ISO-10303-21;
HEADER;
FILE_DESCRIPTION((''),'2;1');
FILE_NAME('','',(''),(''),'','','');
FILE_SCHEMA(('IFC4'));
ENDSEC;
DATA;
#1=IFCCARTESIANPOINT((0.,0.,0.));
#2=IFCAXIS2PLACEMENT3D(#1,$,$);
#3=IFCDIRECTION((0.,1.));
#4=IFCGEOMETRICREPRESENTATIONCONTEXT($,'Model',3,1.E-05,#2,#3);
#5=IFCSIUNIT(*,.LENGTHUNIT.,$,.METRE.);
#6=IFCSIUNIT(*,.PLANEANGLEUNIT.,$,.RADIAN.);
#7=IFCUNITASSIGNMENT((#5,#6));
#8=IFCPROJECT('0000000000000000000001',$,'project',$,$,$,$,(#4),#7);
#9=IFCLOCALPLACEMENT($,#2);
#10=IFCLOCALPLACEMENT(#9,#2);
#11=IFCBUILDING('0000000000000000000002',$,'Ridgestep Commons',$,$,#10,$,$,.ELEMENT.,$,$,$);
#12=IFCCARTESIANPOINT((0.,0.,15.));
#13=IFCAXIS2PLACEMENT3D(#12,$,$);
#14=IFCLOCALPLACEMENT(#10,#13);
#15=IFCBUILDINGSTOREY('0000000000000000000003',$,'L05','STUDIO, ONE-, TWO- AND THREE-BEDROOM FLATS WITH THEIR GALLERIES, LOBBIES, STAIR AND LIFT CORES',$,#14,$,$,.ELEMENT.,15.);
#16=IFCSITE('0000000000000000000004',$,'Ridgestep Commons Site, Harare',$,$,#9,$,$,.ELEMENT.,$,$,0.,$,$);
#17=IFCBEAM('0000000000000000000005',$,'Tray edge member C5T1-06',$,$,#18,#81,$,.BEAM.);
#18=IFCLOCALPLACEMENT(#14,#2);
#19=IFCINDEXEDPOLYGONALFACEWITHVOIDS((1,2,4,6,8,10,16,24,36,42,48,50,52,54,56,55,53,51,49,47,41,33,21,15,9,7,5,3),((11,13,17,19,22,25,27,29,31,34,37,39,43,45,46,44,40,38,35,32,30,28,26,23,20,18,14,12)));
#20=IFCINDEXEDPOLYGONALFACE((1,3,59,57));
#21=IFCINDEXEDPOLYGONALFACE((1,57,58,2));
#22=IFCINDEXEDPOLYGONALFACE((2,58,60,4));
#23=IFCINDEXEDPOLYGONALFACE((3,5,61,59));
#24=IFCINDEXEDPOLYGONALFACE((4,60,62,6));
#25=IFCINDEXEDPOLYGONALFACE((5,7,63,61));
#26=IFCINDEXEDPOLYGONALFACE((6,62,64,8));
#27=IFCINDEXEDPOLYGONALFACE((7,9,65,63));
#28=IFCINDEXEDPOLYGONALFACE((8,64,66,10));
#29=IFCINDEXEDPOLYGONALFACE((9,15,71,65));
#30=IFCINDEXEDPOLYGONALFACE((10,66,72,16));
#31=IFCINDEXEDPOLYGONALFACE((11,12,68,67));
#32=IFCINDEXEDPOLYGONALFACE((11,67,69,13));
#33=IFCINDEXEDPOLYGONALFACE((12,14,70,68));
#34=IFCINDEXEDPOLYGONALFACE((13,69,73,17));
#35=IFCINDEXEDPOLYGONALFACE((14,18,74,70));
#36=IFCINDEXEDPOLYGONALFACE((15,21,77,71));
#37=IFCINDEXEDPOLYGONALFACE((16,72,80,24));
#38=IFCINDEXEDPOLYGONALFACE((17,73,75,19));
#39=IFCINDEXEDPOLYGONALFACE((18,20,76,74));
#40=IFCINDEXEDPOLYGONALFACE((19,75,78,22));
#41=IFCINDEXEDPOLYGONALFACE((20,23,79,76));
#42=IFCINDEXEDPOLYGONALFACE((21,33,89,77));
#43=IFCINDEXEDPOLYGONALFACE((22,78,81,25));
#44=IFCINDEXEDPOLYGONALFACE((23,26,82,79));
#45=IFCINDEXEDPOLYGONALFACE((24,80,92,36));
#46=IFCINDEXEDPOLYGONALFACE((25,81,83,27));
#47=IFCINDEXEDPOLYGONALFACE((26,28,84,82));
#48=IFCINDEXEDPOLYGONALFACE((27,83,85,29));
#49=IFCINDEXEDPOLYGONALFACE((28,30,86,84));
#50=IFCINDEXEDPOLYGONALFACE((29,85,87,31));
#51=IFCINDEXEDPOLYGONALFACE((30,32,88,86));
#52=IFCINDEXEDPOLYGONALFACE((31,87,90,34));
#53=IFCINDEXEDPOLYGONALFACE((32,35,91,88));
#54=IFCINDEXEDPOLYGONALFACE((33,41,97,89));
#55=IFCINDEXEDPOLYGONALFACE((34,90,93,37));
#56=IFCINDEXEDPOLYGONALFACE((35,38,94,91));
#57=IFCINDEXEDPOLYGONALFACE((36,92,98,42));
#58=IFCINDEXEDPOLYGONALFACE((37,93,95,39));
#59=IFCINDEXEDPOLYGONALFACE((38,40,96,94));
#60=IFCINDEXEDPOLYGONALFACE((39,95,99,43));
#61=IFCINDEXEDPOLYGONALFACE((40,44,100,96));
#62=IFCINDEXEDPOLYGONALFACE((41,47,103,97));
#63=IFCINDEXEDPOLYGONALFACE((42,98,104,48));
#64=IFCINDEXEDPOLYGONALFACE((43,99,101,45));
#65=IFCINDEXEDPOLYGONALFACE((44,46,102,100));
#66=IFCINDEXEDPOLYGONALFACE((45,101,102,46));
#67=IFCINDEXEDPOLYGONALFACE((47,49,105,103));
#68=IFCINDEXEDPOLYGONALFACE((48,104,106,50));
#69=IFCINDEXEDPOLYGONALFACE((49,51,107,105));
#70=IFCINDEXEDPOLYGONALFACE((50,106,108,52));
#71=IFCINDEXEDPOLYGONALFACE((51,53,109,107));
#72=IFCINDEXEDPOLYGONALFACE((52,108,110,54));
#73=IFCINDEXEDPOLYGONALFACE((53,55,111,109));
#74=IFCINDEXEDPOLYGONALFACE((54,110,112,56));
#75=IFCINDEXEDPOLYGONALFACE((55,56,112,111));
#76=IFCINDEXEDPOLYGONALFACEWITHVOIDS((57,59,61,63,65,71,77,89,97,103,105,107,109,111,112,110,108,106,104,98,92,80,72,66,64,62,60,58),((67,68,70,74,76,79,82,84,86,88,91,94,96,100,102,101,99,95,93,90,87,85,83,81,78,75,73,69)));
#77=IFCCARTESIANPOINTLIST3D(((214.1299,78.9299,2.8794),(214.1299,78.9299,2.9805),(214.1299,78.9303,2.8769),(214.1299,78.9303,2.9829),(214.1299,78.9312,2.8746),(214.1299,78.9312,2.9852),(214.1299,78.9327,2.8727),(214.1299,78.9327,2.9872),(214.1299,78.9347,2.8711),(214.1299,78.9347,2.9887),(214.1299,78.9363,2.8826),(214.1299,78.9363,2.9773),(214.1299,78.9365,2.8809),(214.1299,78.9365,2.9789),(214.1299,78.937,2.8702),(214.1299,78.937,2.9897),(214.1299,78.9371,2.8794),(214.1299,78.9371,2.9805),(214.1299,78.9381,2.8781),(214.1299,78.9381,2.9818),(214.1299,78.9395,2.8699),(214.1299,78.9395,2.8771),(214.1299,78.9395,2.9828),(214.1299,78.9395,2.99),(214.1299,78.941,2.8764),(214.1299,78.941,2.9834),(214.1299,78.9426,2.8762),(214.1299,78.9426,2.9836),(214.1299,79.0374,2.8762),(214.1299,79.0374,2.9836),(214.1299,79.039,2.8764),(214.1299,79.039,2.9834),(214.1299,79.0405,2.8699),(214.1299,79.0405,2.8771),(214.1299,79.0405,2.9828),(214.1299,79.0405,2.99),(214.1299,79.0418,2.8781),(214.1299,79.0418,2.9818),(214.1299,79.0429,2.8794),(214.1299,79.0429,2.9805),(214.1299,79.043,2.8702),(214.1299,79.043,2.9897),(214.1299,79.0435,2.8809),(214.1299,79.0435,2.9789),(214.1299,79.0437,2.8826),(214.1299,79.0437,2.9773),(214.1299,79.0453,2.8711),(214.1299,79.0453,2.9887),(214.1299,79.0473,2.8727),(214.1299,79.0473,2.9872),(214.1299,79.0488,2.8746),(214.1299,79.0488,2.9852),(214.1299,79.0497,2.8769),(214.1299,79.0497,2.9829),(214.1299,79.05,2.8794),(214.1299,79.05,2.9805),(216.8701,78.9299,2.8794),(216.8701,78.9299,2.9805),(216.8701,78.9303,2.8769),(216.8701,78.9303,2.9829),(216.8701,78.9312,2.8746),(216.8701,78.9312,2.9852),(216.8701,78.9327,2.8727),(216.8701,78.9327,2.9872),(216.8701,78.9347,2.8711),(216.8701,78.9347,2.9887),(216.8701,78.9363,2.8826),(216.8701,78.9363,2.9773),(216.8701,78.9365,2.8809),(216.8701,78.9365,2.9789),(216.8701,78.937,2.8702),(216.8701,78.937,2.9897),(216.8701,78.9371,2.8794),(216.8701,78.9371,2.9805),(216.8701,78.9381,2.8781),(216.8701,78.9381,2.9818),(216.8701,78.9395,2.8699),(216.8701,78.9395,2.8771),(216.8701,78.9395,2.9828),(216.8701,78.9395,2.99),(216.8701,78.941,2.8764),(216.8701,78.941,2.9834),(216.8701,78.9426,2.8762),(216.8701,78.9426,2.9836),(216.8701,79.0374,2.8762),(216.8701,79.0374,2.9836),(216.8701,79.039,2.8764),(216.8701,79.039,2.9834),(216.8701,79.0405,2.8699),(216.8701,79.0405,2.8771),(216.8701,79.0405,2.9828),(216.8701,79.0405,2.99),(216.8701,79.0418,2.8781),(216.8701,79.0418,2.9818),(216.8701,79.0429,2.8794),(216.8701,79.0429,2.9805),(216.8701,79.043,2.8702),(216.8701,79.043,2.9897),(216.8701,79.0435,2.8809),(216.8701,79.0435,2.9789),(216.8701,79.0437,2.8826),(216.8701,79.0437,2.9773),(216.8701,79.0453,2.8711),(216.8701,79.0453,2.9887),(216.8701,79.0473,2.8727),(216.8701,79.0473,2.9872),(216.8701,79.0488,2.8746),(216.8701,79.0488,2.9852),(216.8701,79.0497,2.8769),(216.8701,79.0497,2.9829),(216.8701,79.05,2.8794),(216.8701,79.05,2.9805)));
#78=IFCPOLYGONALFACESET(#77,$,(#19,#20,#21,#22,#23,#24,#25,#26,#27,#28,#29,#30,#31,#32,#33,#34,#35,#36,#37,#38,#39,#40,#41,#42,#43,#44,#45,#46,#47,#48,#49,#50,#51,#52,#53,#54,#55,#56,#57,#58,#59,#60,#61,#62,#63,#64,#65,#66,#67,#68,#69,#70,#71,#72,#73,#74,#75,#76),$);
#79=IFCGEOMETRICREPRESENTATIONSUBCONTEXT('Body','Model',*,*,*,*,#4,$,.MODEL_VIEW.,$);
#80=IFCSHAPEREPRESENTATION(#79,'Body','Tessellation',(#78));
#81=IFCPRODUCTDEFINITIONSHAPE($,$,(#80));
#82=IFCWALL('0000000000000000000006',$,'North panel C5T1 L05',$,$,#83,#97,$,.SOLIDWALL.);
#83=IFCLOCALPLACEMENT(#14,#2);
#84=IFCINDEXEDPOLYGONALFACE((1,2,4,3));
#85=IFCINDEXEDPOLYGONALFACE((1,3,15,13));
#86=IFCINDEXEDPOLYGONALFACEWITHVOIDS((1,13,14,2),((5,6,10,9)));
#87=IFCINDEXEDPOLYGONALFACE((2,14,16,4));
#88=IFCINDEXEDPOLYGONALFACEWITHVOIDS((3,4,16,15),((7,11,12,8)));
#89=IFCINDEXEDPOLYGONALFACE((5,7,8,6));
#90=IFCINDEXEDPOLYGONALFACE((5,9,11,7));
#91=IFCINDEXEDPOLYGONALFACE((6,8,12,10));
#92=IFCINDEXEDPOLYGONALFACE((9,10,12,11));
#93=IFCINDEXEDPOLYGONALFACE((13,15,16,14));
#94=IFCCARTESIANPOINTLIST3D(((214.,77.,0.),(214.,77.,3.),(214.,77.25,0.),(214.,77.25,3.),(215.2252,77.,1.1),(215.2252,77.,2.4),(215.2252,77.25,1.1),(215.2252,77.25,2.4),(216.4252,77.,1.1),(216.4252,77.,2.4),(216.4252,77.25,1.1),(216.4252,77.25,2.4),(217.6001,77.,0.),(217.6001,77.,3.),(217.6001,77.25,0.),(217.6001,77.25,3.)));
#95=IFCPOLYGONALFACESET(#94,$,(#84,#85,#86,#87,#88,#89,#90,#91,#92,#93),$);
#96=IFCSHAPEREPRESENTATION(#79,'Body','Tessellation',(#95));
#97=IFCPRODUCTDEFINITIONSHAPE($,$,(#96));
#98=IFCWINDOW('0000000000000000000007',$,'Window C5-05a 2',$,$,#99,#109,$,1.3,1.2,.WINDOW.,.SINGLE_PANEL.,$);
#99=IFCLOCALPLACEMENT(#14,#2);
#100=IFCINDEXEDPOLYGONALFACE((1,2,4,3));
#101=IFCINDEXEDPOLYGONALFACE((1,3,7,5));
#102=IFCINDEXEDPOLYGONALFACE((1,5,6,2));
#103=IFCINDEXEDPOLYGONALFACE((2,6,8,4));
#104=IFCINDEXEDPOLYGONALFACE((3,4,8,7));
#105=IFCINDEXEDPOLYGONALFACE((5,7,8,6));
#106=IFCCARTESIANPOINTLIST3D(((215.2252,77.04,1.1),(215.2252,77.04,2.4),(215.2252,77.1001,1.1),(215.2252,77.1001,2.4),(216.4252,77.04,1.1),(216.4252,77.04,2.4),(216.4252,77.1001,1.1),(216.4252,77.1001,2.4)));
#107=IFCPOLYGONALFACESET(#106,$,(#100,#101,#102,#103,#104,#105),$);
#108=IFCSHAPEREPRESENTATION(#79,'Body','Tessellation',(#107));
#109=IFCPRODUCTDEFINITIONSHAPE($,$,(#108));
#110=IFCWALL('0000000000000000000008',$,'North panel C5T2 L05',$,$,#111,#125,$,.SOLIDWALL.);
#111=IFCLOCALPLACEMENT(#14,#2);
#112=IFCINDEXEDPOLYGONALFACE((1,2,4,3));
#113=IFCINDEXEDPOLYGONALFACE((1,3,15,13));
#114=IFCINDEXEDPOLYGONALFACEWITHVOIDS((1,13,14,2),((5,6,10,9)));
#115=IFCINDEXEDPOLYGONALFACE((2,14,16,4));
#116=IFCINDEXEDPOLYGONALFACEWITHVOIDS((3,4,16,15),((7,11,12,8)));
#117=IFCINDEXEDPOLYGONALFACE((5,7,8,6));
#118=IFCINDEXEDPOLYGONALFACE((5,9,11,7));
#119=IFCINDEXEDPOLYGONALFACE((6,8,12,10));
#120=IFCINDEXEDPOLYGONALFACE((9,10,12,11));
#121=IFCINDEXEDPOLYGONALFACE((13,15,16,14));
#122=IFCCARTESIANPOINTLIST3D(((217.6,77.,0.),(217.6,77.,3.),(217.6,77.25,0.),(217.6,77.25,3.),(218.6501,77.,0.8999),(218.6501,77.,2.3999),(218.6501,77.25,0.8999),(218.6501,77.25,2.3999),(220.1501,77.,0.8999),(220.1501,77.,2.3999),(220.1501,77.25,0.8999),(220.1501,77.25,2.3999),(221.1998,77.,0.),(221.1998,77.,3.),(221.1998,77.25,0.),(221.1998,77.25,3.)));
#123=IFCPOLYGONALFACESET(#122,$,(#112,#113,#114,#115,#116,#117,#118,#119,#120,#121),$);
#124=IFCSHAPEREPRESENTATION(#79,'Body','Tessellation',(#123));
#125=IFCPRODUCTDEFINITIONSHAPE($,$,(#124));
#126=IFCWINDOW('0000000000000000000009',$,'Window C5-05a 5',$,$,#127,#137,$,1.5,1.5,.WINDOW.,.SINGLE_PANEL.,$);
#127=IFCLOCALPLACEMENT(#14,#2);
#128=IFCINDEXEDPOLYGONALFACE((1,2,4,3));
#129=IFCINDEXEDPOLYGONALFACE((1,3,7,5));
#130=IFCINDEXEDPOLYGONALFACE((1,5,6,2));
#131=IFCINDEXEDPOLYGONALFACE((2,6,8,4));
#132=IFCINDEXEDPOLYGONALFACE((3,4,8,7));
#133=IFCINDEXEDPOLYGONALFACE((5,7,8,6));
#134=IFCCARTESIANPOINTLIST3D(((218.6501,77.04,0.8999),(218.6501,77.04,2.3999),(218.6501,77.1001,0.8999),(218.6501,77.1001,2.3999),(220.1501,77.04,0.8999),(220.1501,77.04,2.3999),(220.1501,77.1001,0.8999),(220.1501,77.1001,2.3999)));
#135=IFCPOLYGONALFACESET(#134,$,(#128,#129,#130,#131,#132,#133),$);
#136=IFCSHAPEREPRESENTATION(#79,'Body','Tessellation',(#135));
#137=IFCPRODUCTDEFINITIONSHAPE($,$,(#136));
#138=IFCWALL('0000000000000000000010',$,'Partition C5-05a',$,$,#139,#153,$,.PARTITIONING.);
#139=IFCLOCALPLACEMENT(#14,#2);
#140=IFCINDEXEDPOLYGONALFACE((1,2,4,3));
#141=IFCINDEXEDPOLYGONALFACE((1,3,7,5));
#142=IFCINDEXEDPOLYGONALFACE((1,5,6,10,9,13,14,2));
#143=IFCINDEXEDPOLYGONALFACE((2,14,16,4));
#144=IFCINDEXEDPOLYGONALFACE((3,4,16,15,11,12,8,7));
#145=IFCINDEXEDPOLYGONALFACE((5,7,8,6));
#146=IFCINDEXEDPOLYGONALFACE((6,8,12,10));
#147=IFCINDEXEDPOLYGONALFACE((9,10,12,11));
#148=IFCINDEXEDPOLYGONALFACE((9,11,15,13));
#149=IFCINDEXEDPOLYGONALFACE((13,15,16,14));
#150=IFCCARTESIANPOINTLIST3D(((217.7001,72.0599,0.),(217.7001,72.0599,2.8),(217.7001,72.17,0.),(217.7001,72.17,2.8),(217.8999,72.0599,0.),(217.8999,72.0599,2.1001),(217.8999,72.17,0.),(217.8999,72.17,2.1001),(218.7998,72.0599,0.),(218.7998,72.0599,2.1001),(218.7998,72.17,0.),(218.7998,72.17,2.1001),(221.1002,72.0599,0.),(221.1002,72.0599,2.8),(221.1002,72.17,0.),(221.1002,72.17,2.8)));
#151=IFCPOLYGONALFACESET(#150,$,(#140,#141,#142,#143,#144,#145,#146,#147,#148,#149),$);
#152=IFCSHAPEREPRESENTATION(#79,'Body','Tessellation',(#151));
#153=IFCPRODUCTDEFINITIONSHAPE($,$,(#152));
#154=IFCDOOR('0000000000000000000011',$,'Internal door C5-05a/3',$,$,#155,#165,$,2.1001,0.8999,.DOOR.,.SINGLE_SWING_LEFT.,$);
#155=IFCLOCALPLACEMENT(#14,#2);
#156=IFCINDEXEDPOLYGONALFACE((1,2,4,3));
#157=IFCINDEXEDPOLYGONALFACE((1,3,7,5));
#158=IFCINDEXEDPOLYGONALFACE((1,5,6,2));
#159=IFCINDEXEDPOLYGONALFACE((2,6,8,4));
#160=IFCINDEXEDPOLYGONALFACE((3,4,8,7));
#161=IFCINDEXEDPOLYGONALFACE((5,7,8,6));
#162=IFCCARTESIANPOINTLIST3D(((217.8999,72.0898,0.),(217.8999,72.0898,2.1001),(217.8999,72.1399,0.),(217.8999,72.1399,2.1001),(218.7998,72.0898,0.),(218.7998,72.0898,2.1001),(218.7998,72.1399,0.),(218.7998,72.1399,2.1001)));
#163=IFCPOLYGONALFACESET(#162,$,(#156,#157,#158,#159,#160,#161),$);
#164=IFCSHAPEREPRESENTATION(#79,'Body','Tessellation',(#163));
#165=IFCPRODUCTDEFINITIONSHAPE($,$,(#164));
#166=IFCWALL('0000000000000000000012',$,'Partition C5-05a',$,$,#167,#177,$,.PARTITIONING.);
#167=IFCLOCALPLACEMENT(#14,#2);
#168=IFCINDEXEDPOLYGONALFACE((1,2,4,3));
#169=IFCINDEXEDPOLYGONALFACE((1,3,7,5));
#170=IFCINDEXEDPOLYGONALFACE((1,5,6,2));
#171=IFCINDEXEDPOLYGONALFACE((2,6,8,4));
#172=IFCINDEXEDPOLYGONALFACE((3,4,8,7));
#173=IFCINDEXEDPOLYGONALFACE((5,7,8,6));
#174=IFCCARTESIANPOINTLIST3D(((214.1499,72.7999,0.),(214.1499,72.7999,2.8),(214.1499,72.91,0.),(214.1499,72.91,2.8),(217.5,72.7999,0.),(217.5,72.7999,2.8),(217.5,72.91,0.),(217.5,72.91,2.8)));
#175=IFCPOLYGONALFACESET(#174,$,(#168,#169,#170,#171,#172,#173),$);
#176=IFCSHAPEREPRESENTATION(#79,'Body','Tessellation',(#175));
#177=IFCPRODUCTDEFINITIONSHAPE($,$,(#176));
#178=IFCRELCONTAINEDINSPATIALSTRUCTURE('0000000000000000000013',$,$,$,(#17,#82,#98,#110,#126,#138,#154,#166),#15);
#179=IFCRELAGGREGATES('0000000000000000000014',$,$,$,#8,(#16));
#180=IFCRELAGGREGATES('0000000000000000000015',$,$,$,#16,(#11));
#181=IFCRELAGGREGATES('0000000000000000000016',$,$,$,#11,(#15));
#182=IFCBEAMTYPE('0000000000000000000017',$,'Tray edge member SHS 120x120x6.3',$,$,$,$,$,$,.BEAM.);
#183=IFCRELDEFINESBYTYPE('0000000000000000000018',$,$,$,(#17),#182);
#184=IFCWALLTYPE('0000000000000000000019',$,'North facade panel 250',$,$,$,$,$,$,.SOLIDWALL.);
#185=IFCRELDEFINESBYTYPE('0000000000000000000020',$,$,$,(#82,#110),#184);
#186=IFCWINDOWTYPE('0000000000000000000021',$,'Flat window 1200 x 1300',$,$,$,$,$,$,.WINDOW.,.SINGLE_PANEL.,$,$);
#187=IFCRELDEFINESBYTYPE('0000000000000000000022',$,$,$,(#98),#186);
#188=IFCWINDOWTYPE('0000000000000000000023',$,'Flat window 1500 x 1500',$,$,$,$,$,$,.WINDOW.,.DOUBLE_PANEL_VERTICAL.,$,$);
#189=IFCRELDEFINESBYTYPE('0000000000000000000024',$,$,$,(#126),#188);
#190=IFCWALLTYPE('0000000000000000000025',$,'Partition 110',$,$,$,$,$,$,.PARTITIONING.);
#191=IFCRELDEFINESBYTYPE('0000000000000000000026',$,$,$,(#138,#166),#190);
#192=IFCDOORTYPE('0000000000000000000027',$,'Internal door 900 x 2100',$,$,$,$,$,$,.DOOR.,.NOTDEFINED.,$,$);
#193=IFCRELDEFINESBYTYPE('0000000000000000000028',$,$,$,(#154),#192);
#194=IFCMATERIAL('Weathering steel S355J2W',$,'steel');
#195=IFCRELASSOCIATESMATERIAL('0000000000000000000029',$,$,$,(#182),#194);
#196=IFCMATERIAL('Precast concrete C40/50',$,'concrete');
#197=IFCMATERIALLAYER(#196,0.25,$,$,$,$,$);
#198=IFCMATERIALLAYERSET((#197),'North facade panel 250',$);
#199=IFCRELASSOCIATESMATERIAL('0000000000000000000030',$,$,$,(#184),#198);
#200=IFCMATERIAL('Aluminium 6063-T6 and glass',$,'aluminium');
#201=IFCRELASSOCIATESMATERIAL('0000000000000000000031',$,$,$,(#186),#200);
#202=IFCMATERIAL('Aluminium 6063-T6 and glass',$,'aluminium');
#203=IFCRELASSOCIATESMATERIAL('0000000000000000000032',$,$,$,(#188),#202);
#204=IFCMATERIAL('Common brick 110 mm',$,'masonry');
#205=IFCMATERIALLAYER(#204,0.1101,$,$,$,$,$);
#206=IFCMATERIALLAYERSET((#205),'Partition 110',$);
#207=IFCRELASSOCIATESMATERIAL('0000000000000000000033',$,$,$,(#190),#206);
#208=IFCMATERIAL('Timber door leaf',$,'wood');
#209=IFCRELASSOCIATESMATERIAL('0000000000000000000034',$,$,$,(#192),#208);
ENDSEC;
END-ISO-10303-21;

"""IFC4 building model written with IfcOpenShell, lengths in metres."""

from ifc_helpers import new_model, si_unit, direction, frame, frame_2d, origin, origin_2d, place, context, subcontext, project, spatial, rectangle, hollow_rectangle, extrude, material, layer, layer_set, material_profile, profile_set, type_object, element, fill, save


model = new_model("IFC4")

# Units and contexts
model_context = context("Model", 3, precision=1e-05, world=origin(), true_north=direction((0.0, 1.0)))
body_context = subcontext(model_context, "Body", "Model", "MODEL_VIEW")
ifc_project = project(units=[si_unit("LENGTHUNIT", "METRE"), si_unit("PLANEANGLEUNIT", "RADIAN")], contexts=[model_context])

# Site, building, storey
site_placement = place(None, origin())
site = spatial("IfcSite", under=ifc_project, at=site_placement, Name="Ridgestep Commons Site, Harare", CompositionType="ELEMENT", RefElevation=0.0)
building_placement = place(site_placement, origin())
building = spatial("IfcBuilding", under=site, at=building_placement, Name="Ridgestep Commons", CompositionType="ELEMENT")
storey_placement = place(building_placement, frame((0.0, 0.0, 15.0)))
storey = spatial("IfcBuildingStorey", under=building, at=storey_placement, Name="L05", Description="STUDIO, ONE-, TWO- AND THREE-BEDROOM FLATS WITH THEIR GALLERIES, LOBBIES, STAIR AND LIFT CORES", CompositionType="ELEMENT", Elevation=15.0)

# Beam
ifc_material_1 = material(Name="Weathering steel S355J2W", Category="steel")
ifc_material_profile_1 = material_profile(ifc_material_1, hollow_rectangle(XDim=0.1201, YDim=0.1201, WallThickness=0.0063, InnerFilletRadius=0.0063, OuterFilletRadius=0.0095, at=origin_2d()), Name="SHS 120x120x6.3")
ifc_profile_set_1 = profile_set([ifc_material_profile_1], Name="Weathering steel S355J2W")
beam_type_1 = type_object("IfcBeamType", Name="Tray edge member SHS 120x120x6.3", PredefinedType="BEAM", material=ifc_profile_set_1)
beam_placement = place(storey_placement, frame((214.1299, 78.99, 2.9299), z_axis=(1.0, 0.0, 0.0), x_axis=(0.0, 0.0, 1.0)))
element("IfcBeam", 1, at=beam_placement, inside=storey, type_object=beam_type_1, Name="Tray edge member C5T1-06", PredefinedType="BEAM", context=body_context, shape_type="SweptSolid", body=[
    extrude(hollow_rectangle(XDim=0.1201, YDim=0.1201, WallThickness=0.0063, InnerFilletRadius=0.0063, OuterFilletRadius=0.0095, at=origin_2d()), origin(), (0.0, 0.0, 1.0), 2.7402),
])

# Walls, openings, windows
ifc_material_2 = material(Name="Precast concrete C40/50", Category="concrete")
ifc_layer_1 = layer(ifc_material_2, 0.25)
ifc_layer_set_1 = layer_set([ifc_layer_1], Name="North facade panel 250")
wall_type_1 = type_object("IfcWallType", Name="North facade panel 250", PredefinedType="SOLIDWALL", material=ifc_layer_set_1)
wall_1_placement = place(storey_placement, frame((214.0, 77.125, 0.0), z_axis=(0.0, 0.0, 1.0), x_axis=(1.0, 0.0, 0.0)))
wall_1 = element("IfcWall", 2, at=wall_1_placement, inside=storey, type_object=wall_type_1, Name="North panel C5T1 L05", PredefinedType="SOLIDWALL", context=body_context, shape_type="SweptSolid", body=[
    extrude(rectangle(XDim=3.6001, YDim=0.25, at=frame_2d((1.8, 0.0))), origin(), (0.0, 0.0, 1.0), 3.0),
])
opening_1_placement = place(wall_1_placement, frame((1.2251, 0.0, 1.1001)))
opening_1 = element("IfcOpeningElement", 3, at=opening_1_placement, cuts=wall_1, PredefinedType="OPENING", context=body_context, shape_type="SweptSolid", body=[
    extrude(rectangle(XDim=1.2, YDim=1.3, at=frame_2d((0.6001, 0.6499))), frame((0.0, 0.135, 0.0), z_axis=(0.0, -1.0, 0.0), x_axis=(1.0, 0.0, 0.0)), (0.0, 0.0, 1.0), 0.27),
])
ifc_material_3 = material(Name="Aluminium 6063-T6 and glass", Category="aluminium")
window_type_1 = type_object("IfcWindowType", Name="Flat window 1200 x 1300", PartitioningType="SINGLE_PANEL", PredefinedType="WINDOW", material=ifc_material_3)
window_1_placement = place(opening_1_placement, origin())
window_1 = element("IfcWindow", 4, at=window_1_placement, inside=storey, type_object=window_type_1, Name="Window C5-05a 2", OverallHeight=1.3, OverallWidth=1.2, PartitioningType="SINGLE_PANEL", PredefinedType="WINDOW", context=body_context, shape_type="SweptSolid", body=[
    extrude(rectangle(XDim=1.2, YDim=1.3, at=frame_2d((0.6001, 0.6499))), frame((0.0, -0.0249, 0.0), z_axis=(0.0, -1.0, 0.0), x_axis=(1.0, 0.0, 0.0)), (0.0, 0.0, 1.0), 0.0601),
])
fill(opening_1, window_1)
wall_2_placement = place(storey_placement, frame((217.6001, 77.125, 0.0), z_axis=(0.0, 0.0, 1.0), x_axis=(1.0, 0.0, 0.0)))
wall_2 = element("IfcWall", 5, at=wall_2_placement, inside=storey, type_object=wall_type_1, Name="North panel C5T2 L05", PredefinedType="SOLIDWALL", context=body_context, shape_type="SweptSolid", body=[
    extrude(rectangle(XDim=3.5999, YDim=0.25, at=frame_2d((1.7998, 0.0))), origin(), (0.0, 0.0, 1.0), 3.0),
])
opening_2_placement = place(wall_2_placement, frame((1.05, 0.0, 0.8999)))
opening_2 = element("IfcOpeningElement", 6, at=opening_2_placement, cuts=wall_2, PredefinedType="OPENING", context=body_context, shape_type="SweptSolid", body=[
    extrude(rectangle(XDim=1.5, YDim=1.5, at=frame_2d((0.75, 0.75))), frame((0.0, 0.135, 0.0), z_axis=(0.0, -1.0, 0.0), x_axis=(1.0, 0.0, 0.0)), (0.0, 0.0, 1.0), 0.27),
])
ifc_material_4 = material(Name="Aluminium 6063-T6 and glass", Category="aluminium")
window_type_2 = type_object("IfcWindowType", Name="Flat window 1500 x 1500", PartitioningType="DOUBLE_PANEL_VERTICAL", PredefinedType="WINDOW", material=ifc_material_4)
window_2_placement = place(opening_2_placement, origin())
window_2 = element("IfcWindow", 7, at=window_2_placement, inside=storey, type_object=window_type_2, Name="Window C5-05a 5", OverallHeight=1.5, OverallWidth=1.5, PartitioningType="SINGLE_PANEL", PredefinedType="WINDOW", context=body_context, shape_type="SweptSolid", body=[
    extrude(rectangle(XDim=1.5, YDim=1.5, at=frame_2d((0.75, 0.75))), frame((0.0, -0.0249, 0.0), z_axis=(0.0, -1.0, 0.0), x_axis=(1.0, 0.0, 0.0)), (0.0, 0.0, 1.0), 0.0601),
])
fill(opening_2, window_2)

# Wall, opening, door
ifc_material_5 = material(Name="Common brick 110 mm", Category="masonry")
ifc_layer_2 = layer(ifc_material_5, 0.1101)
ifc_layer_set_2 = layer_set([ifc_layer_2], Name="Partition 110")
wall_type_2 = type_object("IfcWallType", Name="Partition 110", PredefinedType="PARTITIONING", material=ifc_layer_set_2)
wall_3_placement = place(storey_placement, frame((217.7, 72.115, 0.0), z_axis=(0.0, 0.0, 1.0), x_axis=(1.0, 0.0, 0.0)))
wall_3 = element("IfcWall", 8, at=wall_3_placement, inside=storey, type_object=wall_type_2, Name="Partition C5-05a", PredefinedType="PARTITIONING", context=body_context, shape_type="SweptSolid", body=[
    extrude(rectangle(XDim=3.4001, YDim=0.1101, at=frame_2d((1.7002, 0.0))), origin(), (0.0, 0.0, 1.0), 2.8),
])
opening_3_placement = place(wall_3_placement, frame((0.2, 0.0, 0.0)))
opening_3 = element("IfcOpeningElement", 9, at=opening_3_placement, cuts=wall_3, PredefinedType="OPENING", context=body_context, shape_type="SweptSolid", body=[
    extrude(rectangle(XDim=0.8999, YDim=2.1001, at=frame_2d((0.45, 1.05))), frame((0.0, 0.0649, 0.0), z_axis=(0.0, -1.0, 0.0), x_axis=(1.0, 0.0, 0.0)), (0.0, 0.0, 1.0), 0.1301),
])
ifc_material_6 = material(Name="Timber door leaf", Category="wood")
door_type = type_object("IfcDoorType", Name="Internal door 900 x 2100", OperationType="NOTDEFINED", PredefinedType="DOOR", material=ifc_material_6)
door_placement = place(opening_3_placement, origin())
door = element("IfcDoor", 10, at=door_placement, inside=storey, type_object=door_type, Name="Internal door C5-05a/3", OperationType="SINGLE_SWING_LEFT", OverallHeight=2.1001, OverallWidth=0.8999, PredefinedType="DOOR", context=body_context, shape_type="SweptSolid", body=[
    extrude(rectangle(XDim=0.8999, YDim=2.1001, at=frame_2d((0.45, 1.05))), frame((0.0, 0.0249, 0.0), z_axis=(0.0, -1.0, 0.0), x_axis=(1.0, 0.0, 0.0)), (0.0, 0.0, 1.0), 0.05),
])
fill(opening_3, door)

# Wall
wall_4_placement = place(storey_placement, frame((214.1499, 72.855, 0.0), z_axis=(0.0, 0.0, 1.0), x_axis=(1.0, 0.0, 0.0)))
element("IfcWall", 11, at=wall_4_placement, inside=storey, type_object=wall_type_2, Name="Partition C5-05a", PredefinedType="PARTITIONING", context=body_context, shape_type="SweptSolid", body=[
    extrude(rectangle(XDim=3.3501, YDim=0.1101, at=frame_2d((1.675, 0.0))), origin(), (0.0, 0.0, 1.0), 2.8),
])

save(model, "model.ifc")
